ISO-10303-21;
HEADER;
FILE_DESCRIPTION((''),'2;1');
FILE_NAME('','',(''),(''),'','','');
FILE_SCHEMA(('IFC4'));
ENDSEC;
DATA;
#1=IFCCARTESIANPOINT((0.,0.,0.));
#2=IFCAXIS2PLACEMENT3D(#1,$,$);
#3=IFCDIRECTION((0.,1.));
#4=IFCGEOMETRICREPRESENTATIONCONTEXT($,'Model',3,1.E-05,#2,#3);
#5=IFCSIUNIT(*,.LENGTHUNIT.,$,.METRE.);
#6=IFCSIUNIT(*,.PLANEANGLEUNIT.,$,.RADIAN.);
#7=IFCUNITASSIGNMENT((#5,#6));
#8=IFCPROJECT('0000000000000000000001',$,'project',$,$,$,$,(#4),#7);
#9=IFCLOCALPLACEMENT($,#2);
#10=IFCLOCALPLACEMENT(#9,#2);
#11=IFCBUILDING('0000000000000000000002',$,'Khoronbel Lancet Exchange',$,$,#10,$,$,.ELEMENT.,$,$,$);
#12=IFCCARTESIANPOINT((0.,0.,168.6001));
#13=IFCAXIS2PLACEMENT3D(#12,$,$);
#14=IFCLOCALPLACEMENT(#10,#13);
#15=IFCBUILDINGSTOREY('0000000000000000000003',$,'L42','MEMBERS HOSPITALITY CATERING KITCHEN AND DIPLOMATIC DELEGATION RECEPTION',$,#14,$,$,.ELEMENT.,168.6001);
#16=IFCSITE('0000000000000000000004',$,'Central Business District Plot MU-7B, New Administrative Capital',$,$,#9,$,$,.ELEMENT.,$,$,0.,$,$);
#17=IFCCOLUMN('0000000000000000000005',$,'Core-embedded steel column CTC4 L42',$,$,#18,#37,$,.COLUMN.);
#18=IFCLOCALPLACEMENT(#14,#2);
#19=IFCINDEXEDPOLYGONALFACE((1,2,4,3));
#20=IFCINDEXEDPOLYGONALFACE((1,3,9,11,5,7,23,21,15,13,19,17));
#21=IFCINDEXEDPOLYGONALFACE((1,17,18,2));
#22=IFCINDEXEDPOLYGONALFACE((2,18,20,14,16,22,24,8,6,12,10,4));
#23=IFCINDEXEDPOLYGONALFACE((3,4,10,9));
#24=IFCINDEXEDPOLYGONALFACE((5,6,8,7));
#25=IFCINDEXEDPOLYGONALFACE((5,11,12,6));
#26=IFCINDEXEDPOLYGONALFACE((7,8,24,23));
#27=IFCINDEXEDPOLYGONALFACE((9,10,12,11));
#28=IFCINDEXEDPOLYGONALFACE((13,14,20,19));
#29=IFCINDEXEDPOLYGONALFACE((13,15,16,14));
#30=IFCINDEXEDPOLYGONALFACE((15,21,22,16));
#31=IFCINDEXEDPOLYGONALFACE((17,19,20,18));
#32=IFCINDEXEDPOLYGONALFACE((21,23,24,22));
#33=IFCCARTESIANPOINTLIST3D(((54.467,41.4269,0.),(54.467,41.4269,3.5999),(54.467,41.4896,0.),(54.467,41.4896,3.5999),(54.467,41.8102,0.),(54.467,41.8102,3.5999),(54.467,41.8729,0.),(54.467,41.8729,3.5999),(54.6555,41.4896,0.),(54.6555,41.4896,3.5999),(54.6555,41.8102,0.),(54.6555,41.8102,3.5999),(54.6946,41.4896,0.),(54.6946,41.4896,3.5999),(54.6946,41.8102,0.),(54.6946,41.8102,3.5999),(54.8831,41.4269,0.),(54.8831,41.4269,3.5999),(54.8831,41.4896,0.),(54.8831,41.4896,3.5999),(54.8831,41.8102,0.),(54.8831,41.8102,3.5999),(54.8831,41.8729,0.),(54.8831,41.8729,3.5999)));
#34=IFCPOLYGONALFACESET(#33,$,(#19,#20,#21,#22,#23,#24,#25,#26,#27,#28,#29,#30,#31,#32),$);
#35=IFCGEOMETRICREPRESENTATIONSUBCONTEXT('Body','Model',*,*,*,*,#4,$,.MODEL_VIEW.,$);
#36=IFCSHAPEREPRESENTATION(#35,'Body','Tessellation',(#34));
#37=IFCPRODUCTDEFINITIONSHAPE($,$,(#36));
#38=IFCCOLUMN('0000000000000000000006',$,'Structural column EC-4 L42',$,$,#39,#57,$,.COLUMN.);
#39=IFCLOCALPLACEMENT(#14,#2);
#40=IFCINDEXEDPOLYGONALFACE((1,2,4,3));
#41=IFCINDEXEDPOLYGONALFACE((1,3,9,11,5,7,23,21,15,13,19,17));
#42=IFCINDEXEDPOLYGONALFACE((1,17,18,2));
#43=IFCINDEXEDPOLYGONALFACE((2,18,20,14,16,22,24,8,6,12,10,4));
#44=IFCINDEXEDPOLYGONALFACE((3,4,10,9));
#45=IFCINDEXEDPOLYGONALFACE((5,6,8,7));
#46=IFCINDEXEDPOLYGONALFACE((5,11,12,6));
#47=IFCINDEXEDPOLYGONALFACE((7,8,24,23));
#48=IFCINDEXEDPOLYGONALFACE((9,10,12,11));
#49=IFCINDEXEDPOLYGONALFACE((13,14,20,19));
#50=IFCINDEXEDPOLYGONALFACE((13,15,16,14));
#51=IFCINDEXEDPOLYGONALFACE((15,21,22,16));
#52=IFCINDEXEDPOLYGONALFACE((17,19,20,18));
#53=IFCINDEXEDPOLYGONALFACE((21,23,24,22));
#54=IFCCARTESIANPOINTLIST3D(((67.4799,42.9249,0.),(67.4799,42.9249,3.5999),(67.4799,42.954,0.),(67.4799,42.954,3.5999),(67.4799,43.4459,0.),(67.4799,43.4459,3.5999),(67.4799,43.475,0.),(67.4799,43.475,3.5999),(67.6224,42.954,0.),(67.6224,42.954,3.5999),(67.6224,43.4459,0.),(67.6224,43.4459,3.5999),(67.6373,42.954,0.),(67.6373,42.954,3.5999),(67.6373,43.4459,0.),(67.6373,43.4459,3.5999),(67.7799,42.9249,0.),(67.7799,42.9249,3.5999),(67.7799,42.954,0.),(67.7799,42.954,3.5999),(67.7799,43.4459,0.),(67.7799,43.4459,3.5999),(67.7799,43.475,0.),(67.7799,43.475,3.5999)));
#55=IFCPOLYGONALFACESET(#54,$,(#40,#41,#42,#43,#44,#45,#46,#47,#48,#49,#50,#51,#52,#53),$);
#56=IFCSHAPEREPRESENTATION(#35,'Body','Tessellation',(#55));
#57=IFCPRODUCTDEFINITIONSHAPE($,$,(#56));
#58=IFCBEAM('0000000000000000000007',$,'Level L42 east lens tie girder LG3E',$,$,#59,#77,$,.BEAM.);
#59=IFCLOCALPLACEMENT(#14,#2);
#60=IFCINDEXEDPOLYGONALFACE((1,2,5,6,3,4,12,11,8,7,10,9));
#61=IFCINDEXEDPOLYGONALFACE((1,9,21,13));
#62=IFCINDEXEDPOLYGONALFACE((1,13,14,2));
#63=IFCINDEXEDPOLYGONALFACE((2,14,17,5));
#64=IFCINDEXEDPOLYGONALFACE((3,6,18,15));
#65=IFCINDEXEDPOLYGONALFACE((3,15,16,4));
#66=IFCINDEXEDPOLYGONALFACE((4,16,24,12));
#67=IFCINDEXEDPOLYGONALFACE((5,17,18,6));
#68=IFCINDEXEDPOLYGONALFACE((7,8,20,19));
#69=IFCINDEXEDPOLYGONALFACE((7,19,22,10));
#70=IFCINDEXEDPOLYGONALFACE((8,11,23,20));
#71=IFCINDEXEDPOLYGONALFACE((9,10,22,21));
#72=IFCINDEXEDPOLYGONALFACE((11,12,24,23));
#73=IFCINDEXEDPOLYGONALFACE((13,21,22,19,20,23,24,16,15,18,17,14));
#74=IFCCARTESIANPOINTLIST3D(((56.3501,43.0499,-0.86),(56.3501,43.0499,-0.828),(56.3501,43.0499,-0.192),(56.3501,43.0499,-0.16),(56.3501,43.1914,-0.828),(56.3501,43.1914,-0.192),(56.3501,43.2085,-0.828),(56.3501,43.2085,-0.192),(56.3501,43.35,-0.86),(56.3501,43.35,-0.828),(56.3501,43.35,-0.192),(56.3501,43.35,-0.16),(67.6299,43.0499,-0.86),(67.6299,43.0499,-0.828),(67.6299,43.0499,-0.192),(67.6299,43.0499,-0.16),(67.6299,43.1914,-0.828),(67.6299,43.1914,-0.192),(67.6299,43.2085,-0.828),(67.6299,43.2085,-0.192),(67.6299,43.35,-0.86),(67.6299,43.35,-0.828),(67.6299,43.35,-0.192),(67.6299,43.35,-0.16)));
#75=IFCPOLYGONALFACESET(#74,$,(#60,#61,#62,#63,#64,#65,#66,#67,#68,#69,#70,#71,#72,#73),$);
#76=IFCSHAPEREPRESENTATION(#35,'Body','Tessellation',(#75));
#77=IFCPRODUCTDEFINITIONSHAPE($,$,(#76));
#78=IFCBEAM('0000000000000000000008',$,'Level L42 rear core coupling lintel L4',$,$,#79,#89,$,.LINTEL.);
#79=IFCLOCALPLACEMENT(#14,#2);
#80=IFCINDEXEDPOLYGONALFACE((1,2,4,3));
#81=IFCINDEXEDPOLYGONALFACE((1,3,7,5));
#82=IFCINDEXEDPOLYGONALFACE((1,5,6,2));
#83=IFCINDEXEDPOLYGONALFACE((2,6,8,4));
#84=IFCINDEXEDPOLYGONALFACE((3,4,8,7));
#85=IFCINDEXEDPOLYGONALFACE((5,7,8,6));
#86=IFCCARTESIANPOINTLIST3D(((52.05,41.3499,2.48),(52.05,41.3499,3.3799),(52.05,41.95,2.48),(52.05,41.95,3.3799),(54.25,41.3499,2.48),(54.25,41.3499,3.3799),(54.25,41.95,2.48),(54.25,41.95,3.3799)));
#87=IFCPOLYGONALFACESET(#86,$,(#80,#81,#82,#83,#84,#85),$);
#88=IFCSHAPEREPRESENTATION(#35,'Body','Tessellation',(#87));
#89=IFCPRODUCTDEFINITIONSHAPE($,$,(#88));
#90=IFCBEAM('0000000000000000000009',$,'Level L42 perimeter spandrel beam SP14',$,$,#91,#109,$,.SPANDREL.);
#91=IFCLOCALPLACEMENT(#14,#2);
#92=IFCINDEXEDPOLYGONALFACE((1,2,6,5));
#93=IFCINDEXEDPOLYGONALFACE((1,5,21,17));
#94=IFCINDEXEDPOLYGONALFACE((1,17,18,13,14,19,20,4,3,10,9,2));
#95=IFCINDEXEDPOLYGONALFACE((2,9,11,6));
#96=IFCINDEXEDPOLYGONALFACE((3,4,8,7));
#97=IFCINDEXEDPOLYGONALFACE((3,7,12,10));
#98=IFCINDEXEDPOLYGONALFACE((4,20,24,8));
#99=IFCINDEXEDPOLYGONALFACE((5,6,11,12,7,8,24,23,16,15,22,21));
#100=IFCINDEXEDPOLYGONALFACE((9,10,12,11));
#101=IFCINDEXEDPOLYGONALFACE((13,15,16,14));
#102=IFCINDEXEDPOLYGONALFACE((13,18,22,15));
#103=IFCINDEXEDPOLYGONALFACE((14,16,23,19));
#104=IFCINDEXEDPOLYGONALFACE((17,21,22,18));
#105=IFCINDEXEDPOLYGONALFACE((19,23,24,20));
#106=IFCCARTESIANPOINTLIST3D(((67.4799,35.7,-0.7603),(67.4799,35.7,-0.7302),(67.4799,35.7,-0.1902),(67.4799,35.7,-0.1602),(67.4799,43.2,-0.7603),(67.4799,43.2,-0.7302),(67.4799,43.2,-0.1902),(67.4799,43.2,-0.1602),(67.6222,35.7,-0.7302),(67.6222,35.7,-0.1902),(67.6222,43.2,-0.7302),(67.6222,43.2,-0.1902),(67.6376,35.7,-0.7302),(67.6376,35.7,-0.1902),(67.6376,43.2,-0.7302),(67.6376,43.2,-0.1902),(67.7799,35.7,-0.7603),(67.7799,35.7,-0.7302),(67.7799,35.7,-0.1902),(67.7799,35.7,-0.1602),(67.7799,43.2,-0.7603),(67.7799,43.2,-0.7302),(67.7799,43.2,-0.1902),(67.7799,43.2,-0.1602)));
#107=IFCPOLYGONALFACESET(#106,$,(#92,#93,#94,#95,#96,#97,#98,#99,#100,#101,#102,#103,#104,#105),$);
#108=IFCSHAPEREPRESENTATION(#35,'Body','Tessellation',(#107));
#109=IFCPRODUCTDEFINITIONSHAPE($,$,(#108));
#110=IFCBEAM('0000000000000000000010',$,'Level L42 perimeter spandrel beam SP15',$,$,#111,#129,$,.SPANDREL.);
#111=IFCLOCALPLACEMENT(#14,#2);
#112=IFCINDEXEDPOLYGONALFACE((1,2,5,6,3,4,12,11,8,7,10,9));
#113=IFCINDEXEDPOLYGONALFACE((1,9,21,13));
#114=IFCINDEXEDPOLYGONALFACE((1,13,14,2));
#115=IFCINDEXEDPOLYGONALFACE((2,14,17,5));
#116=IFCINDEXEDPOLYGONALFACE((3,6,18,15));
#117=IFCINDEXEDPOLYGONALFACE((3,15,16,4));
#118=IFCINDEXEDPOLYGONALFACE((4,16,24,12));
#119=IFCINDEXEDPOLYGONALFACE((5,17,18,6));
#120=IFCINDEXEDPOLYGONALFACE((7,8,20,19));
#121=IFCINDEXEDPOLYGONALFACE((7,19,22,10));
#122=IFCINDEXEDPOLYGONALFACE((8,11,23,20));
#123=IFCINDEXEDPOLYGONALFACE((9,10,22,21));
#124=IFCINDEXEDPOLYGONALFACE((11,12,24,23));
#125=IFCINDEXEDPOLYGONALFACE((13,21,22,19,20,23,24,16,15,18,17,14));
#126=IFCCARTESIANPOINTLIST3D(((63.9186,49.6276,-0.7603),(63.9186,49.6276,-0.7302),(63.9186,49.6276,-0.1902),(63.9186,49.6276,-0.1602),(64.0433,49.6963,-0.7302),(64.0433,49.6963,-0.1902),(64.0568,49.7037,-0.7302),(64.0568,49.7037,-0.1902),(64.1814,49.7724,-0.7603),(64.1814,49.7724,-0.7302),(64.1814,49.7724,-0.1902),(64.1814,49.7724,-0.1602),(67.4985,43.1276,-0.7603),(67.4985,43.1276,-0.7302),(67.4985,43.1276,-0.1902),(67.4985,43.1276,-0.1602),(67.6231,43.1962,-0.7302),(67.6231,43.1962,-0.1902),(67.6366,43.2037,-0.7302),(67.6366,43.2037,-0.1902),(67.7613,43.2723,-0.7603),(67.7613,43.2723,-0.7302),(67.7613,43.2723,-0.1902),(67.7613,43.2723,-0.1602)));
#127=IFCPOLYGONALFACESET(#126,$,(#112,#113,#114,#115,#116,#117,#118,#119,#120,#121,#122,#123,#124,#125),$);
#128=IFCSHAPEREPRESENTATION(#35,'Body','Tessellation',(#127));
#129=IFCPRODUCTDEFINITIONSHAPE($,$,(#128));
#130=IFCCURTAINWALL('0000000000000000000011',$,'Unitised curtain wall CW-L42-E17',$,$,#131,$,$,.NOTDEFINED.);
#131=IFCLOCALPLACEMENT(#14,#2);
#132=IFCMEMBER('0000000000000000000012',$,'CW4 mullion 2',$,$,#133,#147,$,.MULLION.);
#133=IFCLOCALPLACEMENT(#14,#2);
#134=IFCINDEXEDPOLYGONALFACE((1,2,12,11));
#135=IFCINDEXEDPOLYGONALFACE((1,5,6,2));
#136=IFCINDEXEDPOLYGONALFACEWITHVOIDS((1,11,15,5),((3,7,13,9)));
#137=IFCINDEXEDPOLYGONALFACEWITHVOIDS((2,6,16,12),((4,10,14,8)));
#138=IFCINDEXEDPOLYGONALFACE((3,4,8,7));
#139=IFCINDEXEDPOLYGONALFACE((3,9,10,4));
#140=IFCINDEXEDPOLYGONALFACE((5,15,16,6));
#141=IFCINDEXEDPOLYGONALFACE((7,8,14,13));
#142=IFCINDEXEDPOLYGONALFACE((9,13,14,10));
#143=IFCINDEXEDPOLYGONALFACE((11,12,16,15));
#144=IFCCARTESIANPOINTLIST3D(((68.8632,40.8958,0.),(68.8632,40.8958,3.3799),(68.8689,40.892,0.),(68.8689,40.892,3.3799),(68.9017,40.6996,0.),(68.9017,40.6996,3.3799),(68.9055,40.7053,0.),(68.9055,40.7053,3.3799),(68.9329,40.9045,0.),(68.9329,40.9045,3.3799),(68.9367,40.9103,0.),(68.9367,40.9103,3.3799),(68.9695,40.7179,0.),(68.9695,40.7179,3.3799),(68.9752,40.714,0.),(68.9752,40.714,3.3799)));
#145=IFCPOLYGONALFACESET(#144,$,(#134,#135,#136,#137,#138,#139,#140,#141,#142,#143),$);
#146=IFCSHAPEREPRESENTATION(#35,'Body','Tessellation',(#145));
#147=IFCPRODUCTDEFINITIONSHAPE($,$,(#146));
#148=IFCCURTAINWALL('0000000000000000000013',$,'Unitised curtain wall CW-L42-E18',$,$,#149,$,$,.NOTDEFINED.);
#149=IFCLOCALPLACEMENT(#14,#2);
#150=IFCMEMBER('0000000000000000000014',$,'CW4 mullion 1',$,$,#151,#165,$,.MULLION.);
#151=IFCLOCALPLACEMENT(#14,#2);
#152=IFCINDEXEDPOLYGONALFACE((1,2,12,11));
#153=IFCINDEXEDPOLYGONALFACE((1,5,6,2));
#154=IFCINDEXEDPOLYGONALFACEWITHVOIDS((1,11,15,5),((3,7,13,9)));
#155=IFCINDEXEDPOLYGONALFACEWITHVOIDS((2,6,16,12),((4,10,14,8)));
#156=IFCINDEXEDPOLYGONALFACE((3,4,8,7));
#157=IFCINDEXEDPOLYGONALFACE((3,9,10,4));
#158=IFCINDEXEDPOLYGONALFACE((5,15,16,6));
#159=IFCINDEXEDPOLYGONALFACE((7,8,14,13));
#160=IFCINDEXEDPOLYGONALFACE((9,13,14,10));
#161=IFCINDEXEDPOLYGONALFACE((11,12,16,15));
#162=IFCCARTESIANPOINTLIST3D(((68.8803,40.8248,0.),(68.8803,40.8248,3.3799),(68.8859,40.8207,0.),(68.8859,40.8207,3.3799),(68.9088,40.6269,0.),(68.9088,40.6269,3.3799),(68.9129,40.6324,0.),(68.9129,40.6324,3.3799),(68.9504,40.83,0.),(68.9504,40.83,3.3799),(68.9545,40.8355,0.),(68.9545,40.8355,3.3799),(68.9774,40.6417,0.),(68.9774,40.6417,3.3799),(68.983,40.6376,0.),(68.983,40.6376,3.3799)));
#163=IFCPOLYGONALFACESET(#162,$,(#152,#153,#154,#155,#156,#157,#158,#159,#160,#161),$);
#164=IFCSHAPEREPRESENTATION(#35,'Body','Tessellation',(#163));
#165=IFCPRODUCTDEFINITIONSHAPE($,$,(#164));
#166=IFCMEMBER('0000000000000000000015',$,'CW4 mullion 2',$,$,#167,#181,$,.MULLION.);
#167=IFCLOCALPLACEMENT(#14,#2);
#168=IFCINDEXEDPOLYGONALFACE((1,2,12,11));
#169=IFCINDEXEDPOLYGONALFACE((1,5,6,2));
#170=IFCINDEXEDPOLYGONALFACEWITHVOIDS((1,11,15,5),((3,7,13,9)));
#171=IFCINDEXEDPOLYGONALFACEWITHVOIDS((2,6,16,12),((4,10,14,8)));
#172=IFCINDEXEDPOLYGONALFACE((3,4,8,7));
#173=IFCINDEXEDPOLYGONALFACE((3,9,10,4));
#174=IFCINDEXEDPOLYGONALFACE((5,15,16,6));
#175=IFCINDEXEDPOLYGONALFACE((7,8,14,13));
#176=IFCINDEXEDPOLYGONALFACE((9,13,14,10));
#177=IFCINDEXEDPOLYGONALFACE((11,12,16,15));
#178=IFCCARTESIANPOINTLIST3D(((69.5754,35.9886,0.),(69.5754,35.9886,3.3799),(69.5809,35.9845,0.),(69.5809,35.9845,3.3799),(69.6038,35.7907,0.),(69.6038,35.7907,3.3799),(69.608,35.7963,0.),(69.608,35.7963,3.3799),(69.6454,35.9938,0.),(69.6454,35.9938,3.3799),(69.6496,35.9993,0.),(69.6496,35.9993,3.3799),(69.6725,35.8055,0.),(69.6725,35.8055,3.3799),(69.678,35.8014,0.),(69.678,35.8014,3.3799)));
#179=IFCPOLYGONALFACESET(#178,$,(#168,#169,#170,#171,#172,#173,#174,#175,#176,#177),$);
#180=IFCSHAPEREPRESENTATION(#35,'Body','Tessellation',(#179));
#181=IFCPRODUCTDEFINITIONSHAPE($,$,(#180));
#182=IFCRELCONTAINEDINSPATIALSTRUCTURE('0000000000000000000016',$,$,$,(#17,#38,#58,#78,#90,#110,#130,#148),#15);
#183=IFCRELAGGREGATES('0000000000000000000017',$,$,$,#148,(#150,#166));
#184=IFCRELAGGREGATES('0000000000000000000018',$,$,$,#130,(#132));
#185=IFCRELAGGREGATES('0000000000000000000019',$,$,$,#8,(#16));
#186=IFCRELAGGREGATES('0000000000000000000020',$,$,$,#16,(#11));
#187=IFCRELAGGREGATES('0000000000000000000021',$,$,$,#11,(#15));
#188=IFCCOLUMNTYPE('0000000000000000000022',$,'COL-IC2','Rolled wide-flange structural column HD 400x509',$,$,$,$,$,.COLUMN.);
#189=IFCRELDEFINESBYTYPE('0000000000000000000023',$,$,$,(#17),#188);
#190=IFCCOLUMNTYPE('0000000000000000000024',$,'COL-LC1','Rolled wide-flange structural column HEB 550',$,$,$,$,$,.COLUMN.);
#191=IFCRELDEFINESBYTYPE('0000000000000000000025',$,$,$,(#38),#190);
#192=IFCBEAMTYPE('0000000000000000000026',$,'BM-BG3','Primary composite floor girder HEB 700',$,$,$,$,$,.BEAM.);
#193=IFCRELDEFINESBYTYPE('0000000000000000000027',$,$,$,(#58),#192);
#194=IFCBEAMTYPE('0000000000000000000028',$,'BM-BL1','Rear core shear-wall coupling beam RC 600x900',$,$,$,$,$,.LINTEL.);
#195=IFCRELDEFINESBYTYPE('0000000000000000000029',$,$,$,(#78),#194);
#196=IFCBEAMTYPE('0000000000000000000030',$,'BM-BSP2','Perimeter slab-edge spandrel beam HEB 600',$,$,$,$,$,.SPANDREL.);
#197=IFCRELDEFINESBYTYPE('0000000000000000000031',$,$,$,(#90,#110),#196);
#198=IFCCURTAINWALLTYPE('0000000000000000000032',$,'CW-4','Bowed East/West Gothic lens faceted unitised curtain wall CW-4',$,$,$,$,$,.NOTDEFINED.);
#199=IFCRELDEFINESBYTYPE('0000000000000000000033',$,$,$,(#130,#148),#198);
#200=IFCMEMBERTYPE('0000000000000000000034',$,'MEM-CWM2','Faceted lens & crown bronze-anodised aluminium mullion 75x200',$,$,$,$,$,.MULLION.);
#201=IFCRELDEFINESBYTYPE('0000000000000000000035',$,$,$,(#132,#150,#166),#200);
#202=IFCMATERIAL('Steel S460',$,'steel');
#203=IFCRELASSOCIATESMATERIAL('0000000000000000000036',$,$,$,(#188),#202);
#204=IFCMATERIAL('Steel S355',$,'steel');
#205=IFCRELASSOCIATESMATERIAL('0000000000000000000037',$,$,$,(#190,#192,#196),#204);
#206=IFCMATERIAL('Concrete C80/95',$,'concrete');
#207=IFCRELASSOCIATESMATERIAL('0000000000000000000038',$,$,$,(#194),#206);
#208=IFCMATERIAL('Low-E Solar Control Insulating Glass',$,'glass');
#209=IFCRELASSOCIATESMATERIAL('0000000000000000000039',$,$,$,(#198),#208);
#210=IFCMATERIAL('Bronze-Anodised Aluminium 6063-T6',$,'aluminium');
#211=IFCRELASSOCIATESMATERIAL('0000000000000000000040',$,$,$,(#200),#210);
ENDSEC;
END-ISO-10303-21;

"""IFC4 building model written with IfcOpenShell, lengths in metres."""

from ifc_helpers import new_model, si_unit, direction, frame, origin, origin_2d, place, context, subcontext, project, spatial, rectangle, hollow_rectangle, i_section, extrude, material, material_profile, profile_set, type_object, element, aggregate, save


model = new_model("IFC4")

# Units and contexts
model_context = context("Model", 3, precision=1e-05, world=origin(), true_north=direction((0.0, 1.0)))
body_context = subcontext(model_context, "Body", "Model", "MODEL_VIEW")
ifc_project = project(units=[si_unit("LENGTHUNIT", "METRE"), si_unit("PLANEANGLEUNIT", "RADIAN")], contexts=[model_context])

# Site, building, storey
site_placement = place(None, origin())
site = spatial("IfcSite", under=ifc_project, at=site_placement, Name="Central Business District Plot MU-7B, New Administrative Capital", CompositionType="ELEMENT", RefElevation=0.0)
building_placement = place(site_placement, origin())
building = spatial("IfcBuilding", under=site, at=building_placement, Name="Khoronbel Lancet Exchange", CompositionType="ELEMENT")
storey_placement = place(building_placement, frame((0.0, 0.0, 168.6001)))
storey = spatial("IfcBuildingStorey", under=building, at=storey_placement, Name="L42", Description="MEMBERS HOSPITALITY CATERING KITCHEN AND DIPLOMATIC DELEGATION RECEPTION", CompositionType="ELEMENT", Elevation=168.6001)

# Columns
ifc_material_1 = material(Name="Steel S460", Category="steel")
ifc_material_profile_1 = material_profile(ifc_material_1, i_section(OverallWidth=0.416, OverallDepth=0.446, WebThickness=0.0391, FlangeThickness=0.0627, at=origin_2d()), Name="HD 400x509")
ifc_profile_set_1 = profile_set([ifc_material_profile_1], Name="Steel S460")
column_type_1 = type_object("IfcColumnType", Name="COL-IC2", Description="Rolled wide-flange structural column HD 400x509", PredefinedType="COLUMN", material=ifc_profile_set_1)
column_1_placement = place(storey_placement, frame((54.675, 41.6499, 0.0), z_axis=(0.0, 0.0, 1.0), x_axis=(1.0, 0.0, 0.0)))
element("IfcColumn", 1, at=column_1_placement, inside=storey, type_object=column_type_1, Name="Core-embedded steel column CTC4 L42", PredefinedType="COLUMN", context=body_context, shape_type="SweptSolid", body=[
    extrude(i_section(OverallWidth=0.416, OverallDepth=0.446, WebThickness=0.0391, FlangeThickness=0.0627, at=origin_2d()), origin(), (0.0, 0.0, 1.0), 3.5999),
])
ifc_material_2 = material(Name="Steel S355", Category="steel")
ifc_material_profile_2 = material_profile(ifc_material_2, i_section(OverallWidth=0.3, OverallDepth=0.55, WebThickness=0.0149, FlangeThickness=0.0291, at=origin_2d()), Name="HEB 550")
ifc_profile_set_2 = profile_set([ifc_material_profile_2], Name="Steel S355")
column_type_2 = type_object("IfcColumnType", Name="COL-LC1", Description="Rolled wide-flange structural column HEB 550", PredefinedType="COLUMN", material=ifc_profile_set_2)
column_2_placement = place(storey_placement, frame((67.6299, 43.2, 0.0), z_axis=(0.0, 0.0, 1.0), x_axis=(1.0, 0.0, 0.0)))
element("IfcColumn", 2, at=column_2_placement, inside=storey, type_object=column_type_2, Name="Structural column EC-4 L42", PredefinedType="COLUMN", context=body_context, shape_type="SweptSolid", body=[
    extrude(i_section(OverallWidth=0.3, OverallDepth=0.55, WebThickness=0.0149, FlangeThickness=0.0291, at=origin_2d()), origin(), (0.0, 0.0, 1.0), 3.5999),
])

# Beams
ifc_material_profile_3 = material_profile(ifc_material_2, i_section(OverallWidth=0.3, OverallDepth=0.7, WebThickness=0.0171, FlangeThickness=0.032, at=origin_2d()), Name="HEB 700")
ifc_profile_set_3 = profile_set([ifc_material_profile_3], Name="Steel S355")
beam_type_1 = type_object("IfcBeamType", Name="BM-BG3", Description="Primary composite floor girder HEB 700", PredefinedType="BEAM", material=ifc_profile_set_3)
beam_1_placement = place(storey_placement, frame((56.3501, 43.2, -0.51), z_axis=(1.0, 0.0, 0.0), x_axis=(0.0, 1.0, 0.0)))
element("IfcBeam", 3, at=beam_1_placement, inside=storey, type_object=beam_type_1, Name="Level L42 east lens tie girder LG3E", PredefinedType="BEAM", context=body_context, shape_type="SweptSolid", body=[
    extrude(i_section(OverallWidth=0.3, OverallDepth=0.7, WebThickness=0.0171, FlangeThickness=0.032, at=origin_2d()), origin(), (0.0, 0.0, 1.0), 11.2798),
])
ifc_material_3 = material(Name="Concrete C80/95", Category="concrete")
ifc_material_profile_4 = material_profile(ifc_material_3, rectangle(XDim=0.6001, YDim=0.8999, at=origin_2d()), Name="RC 600x900")
ifc_profile_set_4 = profile_set([ifc_material_profile_4], Name="Concrete C80/95")
beam_type_2 = type_object("IfcBeamType", Name="BM-BL1", Description="Rear core shear-wall coupling beam RC 600x900", PredefinedType="LINTEL", material=ifc_profile_set_4)
beam_2_placement = place(storey_placement, frame((52.05, 41.6499, 2.9299), z_axis=(1.0, 0.0, 0.0), x_axis=(0.0, 1.0, 0.0)))
element("IfcBeam", 4, at=beam_2_placement, inside=storey, type_object=beam_type_2, Name="Level L42 rear core coupling lintel L4", PredefinedType="LINTEL", context=body_context, shape_type="SweptSolid", body=[
    extrude(rectangle(XDim=0.6001, YDim=0.8999, at=origin_2d()), origin(), (0.0, 0.0, 1.0), 2.2),
])
ifc_material_profile_5 = material_profile(ifc_material_2, i_section(OverallWidth=0.3, OverallDepth=0.6001, WebThickness=0.0154, FlangeThickness=0.03, at=origin_2d()), Name="HEB 600")
ifc_profile_set_5 = profile_set([ifc_material_profile_5], Name="Steel S355")
beam_type_3 = type_object("IfcBeamType", Name="BM-BSP2", Description="Perimeter slab-edge spandrel beam HEB 600", PredefinedType="SPANDREL", material=ifc_profile_set_5)
beam_3_placement = place(storey_placement, frame((67.6299, 35.7, -0.4602), z_axis=(0.0, 1.0, 0.0), x_axis=(-1.0, 0.0, 0.0)))
element("IfcBeam", 5, at=beam_3_placement, inside=storey, type_object=beam_type_3, Name="Level L42 perimeter spandrel beam SP14", PredefinedType="SPANDREL", context=body_context, shape_type="SweptSolid", body=[
    extrude(i_section(OverallWidth=0.3, OverallDepth=0.6001, WebThickness=0.0154, FlangeThickness=0.03, at=origin_2d()), origin(), (0.0, 0.0, 1.0), 7.5),
])
beam_4_placement = place(storey_placement, frame((67.6299, 43.2, -0.4602), z_axis=(-0.482419, 0.875941, 0.0), x_axis=(-0.875941, -0.482419, 0.0)))
element("IfcBeam", 6, at=beam_4_placement, inside=storey, type_object=beam_type_3, Name="Level L42 perimeter spandrel beam SP15", PredefinedType="SPANDREL", context=body_context, shape_type="SweptSolid", body=[
    extrude(i_section(OverallWidth=0.3, OverallDepth=0.6001, WebThickness=0.0154, FlangeThickness=0.03, at=origin_2d()), origin(), (0.0, 0.0, 1.0), 7.4207),
])

# Curtain wall, member
ifc_material_4 = material(Name="Low-E Solar Control Insulating Glass", Category="glass")
curtain_wall_type = type_object("IfcCurtainWallType", Name="CW-4", Description="Bowed East/West Gothic lens faceted unitised curtain wall CW-4", PredefinedType="NOTDEFINED", material=ifc_material_4)
curtain_wall_1_placement = place(storey_placement, origin())
curtain_wall_1 = element("IfcCurtainWall", 7, at=curtain_wall_1_placement, inside=storey, type_object=curtain_wall_type, Name="Unitised curtain wall CW-L42-E17", PredefinedType="NOTDEFINED")
ifc_material_5 = material(Name="Bronze-Anodised Aluminium 6063-T6", Category="aluminium")
ifc_material_profile_6 = material_profile(ifc_material_5, hollow_rectangle(XDim=0.075, YDim=0.2, WallThickness=0.0049, at=origin_2d()), Name="ALU MULLION 75x200")
ifc_profile_set_6 = profile_set([ifc_material_profile_6], Name="Bronze-Anodised Aluminium 6063-T6")
member_type_1 = type_object("IfcMemberType", Name="MEM-CWM2", Description="Faceted lens & crown bronze-anodised aluminium mullion 75x200", PredefinedType="MULLION", material=ifc_profile_set_6)
member_1_placement = place(storey_placement, frame((68.9192, 40.8049, 0.0), z_axis=(0.0, 0.0, 1.0), x_axis=(0.981272, 0.192627, 0.0)))
member_1 = element("IfcMember", 8, at=member_1_placement, type_object=member_type_1, Name="CW4 mullion 2", PredefinedType="MULLION", context=body_context, shape_type="SweptSolid", body=[
    extrude(hollow_rectangle(XDim=0.075, YDim=0.2, WallThickness=0.0049, at=origin_2d()), origin(), (0.0, 0.0, 1.0), 3.3799),
])

# Curtain wall, members
curtain_wall_2_placement = place(storey_placement, origin())
curtain_wall_2 = element("IfcCurtainWall", 9, at=curtain_wall_2_placement, inside=storey, type_object=curtain_wall_type, Name="Unitised curtain wall CW-L42-E18", PredefinedType="NOTDEFINED")
member_2_placement = place(storey_placement, frame((68.9316, 40.7312, 0.0), z_axis=(0.0, 0.0, 1.0), x_axis=(0.98983, 0.142257, 0.0)))
member_2 = element("IfcMember", 10, at=member_2_placement, type_object=member_type_1, Name="CW4 mullion 1", PredefinedType="MULLION", context=body_context, shape_type="SweptSolid", body=[
    extrude(hollow_rectangle(XDim=0.075, YDim=0.2, WallThickness=0.0049, at=origin_2d()), origin(), (0.0, 0.0, 1.0), 3.3799),
])
member_3_placement = place(storey_placement, frame((69.6267, 35.895, 0.0), z_axis=(0.0, 0.0, 1.0), x_axis=(0.98983, 0.142257, 0.0)))
member_3 = element("IfcMember", 11, at=member_3_placement, type_object=member_type_1, Name="CW4 mullion 2", PredefinedType="MULLION", context=body_context, shape_type="SweptSolid", body=[
    extrude(hollow_rectangle(XDim=0.075, YDim=0.2, WallThickness=0.0049, at=origin_2d()), origin(), (0.0, 0.0, 1.0), 3.3799),
])

aggregate(curtain_wall_2, [member_2, member_3])
aggregate(curtain_wall_1, [member_1])

save(model, "model.ifc")
